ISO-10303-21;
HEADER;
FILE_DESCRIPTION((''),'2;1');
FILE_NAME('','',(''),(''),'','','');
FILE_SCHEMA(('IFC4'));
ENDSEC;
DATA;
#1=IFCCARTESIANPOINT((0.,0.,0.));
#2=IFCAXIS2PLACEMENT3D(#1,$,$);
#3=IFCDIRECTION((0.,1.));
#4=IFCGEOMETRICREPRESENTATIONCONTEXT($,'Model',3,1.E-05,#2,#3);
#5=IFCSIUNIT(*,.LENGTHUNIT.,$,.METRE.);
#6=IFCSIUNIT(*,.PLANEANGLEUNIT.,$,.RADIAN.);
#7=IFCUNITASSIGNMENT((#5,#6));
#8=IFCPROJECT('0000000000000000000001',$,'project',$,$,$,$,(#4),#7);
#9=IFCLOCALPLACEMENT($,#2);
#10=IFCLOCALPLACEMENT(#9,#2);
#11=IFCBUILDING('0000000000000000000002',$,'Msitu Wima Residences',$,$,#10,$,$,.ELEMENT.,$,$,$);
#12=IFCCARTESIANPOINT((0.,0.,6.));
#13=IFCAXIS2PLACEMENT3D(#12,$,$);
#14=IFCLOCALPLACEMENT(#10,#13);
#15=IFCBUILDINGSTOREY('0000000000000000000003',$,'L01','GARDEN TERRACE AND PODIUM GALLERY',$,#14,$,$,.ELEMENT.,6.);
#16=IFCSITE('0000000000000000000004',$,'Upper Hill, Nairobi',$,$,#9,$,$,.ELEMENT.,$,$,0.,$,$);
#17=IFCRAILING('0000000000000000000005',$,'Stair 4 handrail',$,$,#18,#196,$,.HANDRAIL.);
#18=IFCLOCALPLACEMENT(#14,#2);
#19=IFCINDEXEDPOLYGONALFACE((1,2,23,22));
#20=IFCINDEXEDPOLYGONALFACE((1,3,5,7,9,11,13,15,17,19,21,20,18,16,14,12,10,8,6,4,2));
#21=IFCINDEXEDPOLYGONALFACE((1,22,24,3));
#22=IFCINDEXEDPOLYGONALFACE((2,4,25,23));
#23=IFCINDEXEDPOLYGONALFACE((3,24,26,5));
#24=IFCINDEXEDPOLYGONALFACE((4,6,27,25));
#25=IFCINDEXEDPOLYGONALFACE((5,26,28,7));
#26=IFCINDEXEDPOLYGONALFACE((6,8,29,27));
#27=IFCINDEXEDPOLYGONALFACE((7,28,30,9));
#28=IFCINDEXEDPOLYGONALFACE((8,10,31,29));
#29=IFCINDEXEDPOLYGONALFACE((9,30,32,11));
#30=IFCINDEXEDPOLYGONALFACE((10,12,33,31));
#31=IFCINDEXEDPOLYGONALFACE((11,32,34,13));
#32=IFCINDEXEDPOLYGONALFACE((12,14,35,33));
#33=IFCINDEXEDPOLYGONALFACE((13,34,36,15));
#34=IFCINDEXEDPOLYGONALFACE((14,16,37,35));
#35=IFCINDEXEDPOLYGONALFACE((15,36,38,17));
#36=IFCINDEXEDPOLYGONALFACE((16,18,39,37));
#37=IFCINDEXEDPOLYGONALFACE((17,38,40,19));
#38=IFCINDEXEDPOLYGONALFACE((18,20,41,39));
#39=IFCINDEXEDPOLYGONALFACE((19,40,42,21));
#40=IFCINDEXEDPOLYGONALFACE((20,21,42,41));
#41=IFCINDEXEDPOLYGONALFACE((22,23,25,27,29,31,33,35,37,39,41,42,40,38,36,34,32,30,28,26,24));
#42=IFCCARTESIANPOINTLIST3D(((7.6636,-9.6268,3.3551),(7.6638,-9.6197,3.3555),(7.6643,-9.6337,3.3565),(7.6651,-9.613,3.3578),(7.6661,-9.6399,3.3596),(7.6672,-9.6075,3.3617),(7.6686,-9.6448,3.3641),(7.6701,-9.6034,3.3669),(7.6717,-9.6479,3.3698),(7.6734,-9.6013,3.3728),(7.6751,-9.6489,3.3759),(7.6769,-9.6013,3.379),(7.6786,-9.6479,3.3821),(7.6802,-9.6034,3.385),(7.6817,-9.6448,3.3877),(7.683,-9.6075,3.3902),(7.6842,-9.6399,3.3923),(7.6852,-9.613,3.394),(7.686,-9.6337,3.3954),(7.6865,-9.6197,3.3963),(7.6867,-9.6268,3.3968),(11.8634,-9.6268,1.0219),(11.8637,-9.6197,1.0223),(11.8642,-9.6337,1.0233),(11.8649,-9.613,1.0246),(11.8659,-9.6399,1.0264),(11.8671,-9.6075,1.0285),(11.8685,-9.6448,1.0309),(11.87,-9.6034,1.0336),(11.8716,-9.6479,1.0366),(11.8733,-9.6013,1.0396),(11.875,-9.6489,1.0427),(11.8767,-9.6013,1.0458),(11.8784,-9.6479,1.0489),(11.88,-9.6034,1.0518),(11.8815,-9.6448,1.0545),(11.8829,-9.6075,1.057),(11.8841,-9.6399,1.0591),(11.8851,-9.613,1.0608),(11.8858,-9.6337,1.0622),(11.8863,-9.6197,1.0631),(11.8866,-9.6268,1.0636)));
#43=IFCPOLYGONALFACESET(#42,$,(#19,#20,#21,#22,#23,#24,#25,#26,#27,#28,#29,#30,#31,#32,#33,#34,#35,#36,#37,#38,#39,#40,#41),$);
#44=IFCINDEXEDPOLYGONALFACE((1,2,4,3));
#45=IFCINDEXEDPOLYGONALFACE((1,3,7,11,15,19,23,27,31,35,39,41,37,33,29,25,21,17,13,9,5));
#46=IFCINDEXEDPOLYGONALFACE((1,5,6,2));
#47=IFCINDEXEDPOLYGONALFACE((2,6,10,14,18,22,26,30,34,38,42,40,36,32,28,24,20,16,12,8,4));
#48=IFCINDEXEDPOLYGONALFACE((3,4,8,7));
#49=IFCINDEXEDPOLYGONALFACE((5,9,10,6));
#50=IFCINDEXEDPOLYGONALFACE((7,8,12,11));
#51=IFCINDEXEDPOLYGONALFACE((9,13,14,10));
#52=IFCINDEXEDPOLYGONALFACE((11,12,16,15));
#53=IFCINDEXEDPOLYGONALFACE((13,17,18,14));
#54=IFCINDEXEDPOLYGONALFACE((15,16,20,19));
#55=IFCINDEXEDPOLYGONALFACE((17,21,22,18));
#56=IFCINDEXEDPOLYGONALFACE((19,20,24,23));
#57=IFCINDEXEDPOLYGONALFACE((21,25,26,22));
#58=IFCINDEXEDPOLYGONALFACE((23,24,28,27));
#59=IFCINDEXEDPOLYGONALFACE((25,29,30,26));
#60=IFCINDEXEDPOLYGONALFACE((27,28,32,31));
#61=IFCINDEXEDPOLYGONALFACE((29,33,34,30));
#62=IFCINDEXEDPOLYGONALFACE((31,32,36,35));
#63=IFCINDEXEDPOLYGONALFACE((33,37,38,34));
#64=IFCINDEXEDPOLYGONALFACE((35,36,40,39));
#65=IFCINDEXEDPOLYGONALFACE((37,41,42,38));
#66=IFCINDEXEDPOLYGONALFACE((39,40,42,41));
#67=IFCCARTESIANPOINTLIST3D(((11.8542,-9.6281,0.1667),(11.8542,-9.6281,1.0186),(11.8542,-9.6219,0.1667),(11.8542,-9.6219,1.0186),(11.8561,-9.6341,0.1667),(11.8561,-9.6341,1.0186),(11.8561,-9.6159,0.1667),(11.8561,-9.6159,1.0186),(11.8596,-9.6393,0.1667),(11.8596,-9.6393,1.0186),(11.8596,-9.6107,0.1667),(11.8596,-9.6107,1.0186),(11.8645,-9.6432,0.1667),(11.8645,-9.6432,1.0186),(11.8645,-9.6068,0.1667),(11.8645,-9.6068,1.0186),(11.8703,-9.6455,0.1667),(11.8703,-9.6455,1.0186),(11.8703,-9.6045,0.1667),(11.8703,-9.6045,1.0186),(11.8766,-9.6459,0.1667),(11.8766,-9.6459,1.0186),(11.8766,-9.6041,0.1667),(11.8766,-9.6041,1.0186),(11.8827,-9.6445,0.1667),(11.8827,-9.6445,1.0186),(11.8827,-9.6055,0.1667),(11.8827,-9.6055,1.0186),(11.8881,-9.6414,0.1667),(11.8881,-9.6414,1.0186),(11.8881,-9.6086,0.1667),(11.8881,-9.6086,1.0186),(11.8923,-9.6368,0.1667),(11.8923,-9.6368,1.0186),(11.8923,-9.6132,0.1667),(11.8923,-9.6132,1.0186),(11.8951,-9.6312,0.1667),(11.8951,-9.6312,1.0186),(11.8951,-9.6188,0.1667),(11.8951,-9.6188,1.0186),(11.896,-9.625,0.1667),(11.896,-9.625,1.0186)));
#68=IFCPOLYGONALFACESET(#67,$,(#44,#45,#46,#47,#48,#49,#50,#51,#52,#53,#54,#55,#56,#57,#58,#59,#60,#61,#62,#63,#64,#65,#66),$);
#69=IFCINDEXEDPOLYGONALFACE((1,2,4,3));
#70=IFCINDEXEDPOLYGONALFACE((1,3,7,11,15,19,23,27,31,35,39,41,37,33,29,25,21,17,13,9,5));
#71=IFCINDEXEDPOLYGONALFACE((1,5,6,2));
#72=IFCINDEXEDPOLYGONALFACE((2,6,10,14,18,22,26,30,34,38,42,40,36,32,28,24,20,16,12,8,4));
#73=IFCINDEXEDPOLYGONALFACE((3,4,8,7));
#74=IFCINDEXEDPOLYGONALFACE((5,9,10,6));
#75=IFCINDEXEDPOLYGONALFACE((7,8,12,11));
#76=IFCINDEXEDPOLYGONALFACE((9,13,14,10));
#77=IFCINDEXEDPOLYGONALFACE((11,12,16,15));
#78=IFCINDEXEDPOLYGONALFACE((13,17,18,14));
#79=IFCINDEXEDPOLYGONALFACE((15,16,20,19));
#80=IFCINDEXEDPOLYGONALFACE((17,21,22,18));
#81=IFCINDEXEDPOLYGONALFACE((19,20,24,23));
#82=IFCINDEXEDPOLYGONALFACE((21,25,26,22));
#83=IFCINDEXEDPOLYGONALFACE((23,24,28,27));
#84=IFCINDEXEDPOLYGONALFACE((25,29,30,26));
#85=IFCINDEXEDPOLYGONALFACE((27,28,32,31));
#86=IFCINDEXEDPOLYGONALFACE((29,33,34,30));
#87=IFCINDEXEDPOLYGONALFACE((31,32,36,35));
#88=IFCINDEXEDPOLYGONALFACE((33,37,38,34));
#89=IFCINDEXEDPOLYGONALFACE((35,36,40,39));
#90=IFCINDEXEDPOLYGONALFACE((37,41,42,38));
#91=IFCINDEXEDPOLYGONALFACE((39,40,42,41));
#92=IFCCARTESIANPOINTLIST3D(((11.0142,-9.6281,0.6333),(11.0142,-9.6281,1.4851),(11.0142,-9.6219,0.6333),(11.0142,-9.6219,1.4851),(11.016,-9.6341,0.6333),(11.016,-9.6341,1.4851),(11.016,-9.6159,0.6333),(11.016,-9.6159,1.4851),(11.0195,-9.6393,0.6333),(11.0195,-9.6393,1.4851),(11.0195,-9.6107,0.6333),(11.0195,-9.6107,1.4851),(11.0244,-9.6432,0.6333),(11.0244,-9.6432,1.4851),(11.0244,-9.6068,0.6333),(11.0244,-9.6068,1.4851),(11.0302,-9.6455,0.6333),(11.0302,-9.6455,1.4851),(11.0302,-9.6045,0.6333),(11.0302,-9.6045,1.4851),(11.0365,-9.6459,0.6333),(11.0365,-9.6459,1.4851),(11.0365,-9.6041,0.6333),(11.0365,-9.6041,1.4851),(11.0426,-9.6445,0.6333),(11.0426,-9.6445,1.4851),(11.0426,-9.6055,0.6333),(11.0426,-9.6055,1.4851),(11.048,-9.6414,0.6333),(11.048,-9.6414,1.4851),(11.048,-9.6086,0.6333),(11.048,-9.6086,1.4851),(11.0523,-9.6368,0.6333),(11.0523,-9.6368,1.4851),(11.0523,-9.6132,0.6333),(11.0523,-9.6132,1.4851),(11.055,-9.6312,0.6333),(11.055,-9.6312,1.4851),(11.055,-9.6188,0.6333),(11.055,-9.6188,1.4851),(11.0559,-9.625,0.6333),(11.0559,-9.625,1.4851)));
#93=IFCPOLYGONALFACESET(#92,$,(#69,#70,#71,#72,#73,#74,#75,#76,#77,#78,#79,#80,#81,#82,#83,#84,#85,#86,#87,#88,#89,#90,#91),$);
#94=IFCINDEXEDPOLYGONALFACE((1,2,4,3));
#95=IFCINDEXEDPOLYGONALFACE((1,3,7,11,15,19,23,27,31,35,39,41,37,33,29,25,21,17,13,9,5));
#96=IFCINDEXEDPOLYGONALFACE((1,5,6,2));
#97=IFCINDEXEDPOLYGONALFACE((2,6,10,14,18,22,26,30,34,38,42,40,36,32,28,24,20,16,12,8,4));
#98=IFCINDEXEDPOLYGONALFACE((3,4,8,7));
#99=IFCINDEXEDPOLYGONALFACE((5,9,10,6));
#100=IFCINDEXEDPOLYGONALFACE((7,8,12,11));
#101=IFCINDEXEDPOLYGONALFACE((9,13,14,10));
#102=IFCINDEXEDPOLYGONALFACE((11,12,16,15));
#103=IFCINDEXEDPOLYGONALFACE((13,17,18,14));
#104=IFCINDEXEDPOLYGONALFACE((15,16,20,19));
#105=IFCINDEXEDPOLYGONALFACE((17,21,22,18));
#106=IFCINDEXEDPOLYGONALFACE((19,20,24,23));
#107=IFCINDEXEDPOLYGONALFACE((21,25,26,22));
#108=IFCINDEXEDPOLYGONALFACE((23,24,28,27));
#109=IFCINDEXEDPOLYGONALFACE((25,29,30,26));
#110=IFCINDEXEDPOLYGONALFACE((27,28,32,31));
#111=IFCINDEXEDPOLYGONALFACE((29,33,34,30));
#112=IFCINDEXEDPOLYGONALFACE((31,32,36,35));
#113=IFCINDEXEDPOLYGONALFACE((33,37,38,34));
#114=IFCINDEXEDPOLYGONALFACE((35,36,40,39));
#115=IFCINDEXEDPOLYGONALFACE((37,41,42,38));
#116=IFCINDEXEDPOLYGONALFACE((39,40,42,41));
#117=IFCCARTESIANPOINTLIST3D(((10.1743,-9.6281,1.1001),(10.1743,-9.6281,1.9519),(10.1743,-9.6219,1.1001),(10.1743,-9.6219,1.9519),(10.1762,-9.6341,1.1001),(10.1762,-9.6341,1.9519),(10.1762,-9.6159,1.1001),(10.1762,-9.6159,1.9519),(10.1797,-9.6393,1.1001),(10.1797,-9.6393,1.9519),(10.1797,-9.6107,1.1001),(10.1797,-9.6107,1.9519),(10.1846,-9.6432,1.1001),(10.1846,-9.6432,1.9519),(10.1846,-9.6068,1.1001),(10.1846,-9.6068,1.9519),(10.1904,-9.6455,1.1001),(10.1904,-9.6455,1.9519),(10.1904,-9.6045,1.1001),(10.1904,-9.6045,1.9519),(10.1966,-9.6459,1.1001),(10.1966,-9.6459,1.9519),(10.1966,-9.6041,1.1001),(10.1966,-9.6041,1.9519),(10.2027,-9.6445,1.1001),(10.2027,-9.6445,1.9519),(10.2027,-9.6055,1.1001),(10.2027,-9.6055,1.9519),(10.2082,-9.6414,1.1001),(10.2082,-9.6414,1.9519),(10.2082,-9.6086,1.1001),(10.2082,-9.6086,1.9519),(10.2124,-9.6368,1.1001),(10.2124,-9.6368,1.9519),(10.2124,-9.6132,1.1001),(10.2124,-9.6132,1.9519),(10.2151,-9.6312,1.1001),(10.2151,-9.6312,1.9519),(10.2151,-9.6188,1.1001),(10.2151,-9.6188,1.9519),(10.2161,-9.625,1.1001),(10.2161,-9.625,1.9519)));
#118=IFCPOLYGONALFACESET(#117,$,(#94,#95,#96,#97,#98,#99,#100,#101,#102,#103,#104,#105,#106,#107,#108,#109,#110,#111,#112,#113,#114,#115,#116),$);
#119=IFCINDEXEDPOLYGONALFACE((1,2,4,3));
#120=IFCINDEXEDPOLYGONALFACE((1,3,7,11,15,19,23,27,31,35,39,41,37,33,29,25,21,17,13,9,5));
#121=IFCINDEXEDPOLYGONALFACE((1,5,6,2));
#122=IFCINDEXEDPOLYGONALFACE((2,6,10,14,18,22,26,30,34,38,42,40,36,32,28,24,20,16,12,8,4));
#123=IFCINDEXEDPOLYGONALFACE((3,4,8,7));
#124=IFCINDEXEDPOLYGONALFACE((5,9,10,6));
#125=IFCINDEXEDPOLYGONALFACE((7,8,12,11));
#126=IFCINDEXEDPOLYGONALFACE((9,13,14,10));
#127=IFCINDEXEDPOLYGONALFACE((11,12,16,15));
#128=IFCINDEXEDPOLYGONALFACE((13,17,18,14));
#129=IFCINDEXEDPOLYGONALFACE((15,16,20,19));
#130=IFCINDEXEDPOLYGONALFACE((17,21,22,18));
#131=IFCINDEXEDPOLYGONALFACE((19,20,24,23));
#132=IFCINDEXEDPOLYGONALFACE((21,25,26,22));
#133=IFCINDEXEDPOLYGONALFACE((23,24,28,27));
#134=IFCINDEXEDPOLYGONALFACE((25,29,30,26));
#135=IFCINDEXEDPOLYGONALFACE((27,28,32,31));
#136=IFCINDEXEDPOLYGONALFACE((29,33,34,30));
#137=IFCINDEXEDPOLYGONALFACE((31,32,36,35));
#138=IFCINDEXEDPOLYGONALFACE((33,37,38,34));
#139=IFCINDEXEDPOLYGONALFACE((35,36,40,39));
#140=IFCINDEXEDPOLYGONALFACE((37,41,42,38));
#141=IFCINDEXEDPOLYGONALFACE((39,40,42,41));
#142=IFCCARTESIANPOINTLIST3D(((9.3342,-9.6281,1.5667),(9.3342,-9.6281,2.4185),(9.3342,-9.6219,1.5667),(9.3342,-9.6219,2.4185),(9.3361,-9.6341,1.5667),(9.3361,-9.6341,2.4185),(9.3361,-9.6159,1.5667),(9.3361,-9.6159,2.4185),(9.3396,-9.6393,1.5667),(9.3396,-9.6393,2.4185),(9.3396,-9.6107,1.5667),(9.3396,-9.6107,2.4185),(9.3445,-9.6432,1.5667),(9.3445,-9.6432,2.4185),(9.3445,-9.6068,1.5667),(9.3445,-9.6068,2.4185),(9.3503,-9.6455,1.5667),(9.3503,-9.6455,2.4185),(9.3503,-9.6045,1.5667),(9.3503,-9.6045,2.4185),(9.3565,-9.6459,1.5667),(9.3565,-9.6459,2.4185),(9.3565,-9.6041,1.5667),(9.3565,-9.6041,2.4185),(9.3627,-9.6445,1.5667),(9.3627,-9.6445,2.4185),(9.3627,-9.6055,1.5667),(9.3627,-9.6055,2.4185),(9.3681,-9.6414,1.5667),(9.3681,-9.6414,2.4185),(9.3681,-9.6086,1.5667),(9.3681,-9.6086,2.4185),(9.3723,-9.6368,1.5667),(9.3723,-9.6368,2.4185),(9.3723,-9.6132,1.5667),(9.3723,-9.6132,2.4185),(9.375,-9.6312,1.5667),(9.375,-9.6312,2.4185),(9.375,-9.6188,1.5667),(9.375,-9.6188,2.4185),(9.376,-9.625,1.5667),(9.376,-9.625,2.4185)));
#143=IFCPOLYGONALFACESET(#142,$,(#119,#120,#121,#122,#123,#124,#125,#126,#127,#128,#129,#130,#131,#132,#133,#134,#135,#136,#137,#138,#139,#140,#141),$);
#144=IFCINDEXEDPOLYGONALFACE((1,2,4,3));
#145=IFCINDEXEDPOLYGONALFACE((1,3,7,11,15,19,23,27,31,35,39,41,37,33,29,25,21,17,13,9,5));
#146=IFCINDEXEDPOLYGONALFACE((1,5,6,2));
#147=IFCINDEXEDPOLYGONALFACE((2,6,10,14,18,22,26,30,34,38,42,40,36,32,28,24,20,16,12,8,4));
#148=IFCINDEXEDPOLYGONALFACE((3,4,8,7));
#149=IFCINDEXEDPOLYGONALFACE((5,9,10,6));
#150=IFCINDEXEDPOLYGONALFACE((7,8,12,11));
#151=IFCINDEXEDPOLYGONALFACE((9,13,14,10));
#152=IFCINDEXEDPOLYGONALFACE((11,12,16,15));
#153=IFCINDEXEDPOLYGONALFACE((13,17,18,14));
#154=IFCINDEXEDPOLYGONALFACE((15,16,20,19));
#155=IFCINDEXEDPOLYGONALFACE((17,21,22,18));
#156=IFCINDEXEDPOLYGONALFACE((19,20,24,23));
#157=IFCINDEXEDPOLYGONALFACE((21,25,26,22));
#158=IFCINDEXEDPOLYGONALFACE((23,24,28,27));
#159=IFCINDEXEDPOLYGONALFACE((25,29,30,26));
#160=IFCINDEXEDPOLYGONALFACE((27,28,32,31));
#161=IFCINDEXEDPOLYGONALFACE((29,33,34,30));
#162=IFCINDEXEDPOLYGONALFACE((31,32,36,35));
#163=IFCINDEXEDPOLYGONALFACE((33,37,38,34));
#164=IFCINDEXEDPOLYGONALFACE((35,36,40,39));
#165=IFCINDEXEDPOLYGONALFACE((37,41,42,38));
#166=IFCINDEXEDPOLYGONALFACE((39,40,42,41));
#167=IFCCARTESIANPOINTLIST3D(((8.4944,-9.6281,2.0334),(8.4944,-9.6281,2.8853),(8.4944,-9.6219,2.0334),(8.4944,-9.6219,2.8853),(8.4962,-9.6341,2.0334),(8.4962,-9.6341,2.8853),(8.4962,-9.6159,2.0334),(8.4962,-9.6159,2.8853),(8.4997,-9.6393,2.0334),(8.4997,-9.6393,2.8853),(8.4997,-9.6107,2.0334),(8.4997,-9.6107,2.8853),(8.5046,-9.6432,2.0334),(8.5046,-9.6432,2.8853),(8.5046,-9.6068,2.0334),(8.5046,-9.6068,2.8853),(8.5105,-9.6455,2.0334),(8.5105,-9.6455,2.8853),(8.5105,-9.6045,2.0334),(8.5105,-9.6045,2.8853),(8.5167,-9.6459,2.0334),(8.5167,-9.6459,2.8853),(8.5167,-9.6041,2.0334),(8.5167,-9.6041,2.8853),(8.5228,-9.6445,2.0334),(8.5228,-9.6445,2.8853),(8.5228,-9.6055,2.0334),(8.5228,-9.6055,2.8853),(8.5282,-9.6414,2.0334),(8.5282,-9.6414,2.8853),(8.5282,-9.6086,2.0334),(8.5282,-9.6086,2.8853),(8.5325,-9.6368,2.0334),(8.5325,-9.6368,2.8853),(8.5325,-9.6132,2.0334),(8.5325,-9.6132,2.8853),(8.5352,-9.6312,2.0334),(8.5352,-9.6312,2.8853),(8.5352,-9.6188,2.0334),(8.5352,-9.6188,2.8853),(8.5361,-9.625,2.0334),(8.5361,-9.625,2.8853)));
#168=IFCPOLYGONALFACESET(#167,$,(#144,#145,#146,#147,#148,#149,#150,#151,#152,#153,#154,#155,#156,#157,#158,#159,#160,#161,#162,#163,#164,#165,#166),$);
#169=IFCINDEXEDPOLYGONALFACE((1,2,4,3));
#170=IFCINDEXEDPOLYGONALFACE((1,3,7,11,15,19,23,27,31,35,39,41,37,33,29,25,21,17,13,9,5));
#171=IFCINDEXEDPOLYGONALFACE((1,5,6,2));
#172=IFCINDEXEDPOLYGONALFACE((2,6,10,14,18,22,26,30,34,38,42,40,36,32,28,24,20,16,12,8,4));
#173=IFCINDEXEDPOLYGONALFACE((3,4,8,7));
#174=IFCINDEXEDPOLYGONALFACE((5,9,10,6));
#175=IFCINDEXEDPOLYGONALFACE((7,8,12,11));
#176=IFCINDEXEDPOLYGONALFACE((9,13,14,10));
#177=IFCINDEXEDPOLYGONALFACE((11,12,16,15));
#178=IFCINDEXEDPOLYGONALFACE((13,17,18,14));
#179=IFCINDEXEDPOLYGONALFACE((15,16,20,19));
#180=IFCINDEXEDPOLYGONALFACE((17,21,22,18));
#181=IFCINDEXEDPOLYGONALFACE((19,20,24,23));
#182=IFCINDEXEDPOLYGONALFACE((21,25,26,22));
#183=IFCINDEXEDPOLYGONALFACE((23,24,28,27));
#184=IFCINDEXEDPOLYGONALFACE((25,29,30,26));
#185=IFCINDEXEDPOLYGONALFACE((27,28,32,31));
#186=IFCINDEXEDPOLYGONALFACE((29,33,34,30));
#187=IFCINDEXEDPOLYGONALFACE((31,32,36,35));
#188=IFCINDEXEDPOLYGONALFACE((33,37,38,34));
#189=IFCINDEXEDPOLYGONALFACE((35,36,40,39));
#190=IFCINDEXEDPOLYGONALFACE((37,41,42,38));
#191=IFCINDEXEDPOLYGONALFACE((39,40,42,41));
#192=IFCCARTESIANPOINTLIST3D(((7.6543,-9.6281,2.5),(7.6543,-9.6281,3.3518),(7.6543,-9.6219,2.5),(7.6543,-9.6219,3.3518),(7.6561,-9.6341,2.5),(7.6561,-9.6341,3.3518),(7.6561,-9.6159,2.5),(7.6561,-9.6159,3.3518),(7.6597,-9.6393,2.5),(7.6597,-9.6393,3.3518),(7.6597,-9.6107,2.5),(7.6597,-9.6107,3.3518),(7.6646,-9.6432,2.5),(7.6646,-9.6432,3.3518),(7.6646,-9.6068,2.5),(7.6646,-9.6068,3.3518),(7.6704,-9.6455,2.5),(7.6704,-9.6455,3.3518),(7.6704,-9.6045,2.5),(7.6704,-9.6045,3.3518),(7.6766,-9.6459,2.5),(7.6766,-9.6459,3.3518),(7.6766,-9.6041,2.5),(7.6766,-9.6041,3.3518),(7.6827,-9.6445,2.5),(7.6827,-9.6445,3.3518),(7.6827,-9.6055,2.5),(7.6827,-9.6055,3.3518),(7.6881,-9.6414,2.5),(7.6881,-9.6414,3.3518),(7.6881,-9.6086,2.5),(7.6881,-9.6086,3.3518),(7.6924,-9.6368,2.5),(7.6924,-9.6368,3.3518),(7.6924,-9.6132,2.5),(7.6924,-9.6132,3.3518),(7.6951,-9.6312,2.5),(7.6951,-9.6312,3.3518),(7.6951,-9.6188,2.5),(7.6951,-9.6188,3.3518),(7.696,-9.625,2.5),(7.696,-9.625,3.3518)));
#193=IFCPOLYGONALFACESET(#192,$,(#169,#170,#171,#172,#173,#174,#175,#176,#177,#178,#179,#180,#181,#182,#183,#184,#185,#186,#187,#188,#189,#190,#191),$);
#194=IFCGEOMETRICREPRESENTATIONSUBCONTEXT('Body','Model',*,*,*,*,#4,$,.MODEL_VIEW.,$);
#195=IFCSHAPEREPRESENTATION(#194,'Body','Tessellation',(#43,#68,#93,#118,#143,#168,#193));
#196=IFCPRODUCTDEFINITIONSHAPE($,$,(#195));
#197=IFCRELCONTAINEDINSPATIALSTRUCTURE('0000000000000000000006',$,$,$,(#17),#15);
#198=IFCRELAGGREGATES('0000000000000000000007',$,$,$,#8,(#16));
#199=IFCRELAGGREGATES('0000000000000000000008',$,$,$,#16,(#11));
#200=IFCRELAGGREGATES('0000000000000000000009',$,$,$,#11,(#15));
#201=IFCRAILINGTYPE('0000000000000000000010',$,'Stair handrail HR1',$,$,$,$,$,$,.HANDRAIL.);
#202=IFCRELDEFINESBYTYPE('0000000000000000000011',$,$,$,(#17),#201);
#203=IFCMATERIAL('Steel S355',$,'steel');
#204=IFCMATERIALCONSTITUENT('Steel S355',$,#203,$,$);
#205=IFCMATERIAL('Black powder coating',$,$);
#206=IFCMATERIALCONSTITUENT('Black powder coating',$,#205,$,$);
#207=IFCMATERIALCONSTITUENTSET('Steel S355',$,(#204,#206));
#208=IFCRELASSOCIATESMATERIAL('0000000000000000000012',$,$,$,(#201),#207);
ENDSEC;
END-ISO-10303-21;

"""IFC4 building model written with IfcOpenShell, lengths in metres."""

from ifc_helpers import new_model, si_unit, direction, frame, origin, origin_2d, place, context, subcontext, project, spatial, circle, extrude, material, constituent, constituent_set, type_object, element, save


model = new_model("IFC4")

# Units and contexts
model_context = context("Model", 3, precision=1e-05, world=origin(), true_north=direction((0.0, 1.0)))
body_context = subcontext(model_context, "Body", "Model", "MODEL_VIEW")
ifc_project = project(units=[si_unit("LENGTHUNIT", "METRE"), si_unit("PLANEANGLEUNIT", "RADIAN")], contexts=[model_context])

# Site, building, storey
site_placement = place(None, origin())
site = spatial("IfcSite", under=ifc_project, at=site_placement, Name="Upper Hill, Nairobi", CompositionType="ELEMENT", RefElevation=0.0)
building_placement = place(site_placement, origin())
building = spatial("IfcBuilding", under=site, at=building_placement, Name="Msitu Wima Residences", CompositionType="ELEMENT")
storey_placement = place(building_placement, frame((0.0, 0.0, 6.0)))
storey = spatial("IfcBuildingStorey", under=building, at=storey_placement, Name="L01", Description="GARDEN TERRACE AND PODIUM GALLERY", CompositionType="ELEMENT", Elevation=6.0)

# Railing
ifc_material_1 = material(Name="Steel S355", Category="steel")
ifc_constituent_1 = constituent(ifc_material_1, Name="Steel S355")
ifc_material_2 = material(Name="Black powder coating")
ifc_constituent_2 = constituent(ifc_material_2, Name="Black powder coating")
ifc_constituent_set = constituent_set(constituents=[ifc_constituent_1, ifc_constituent_2], Name="Steel S355")
railing_type = type_object("IfcRailingType", Name="Stair handrail HR1", PredefinedType="HANDRAIL", material=ifc_constituent_set)
for number, where, name in (
    (1, (11.875, -9.625, 0.1667), "Stair 4 handrail"),
):
    element("IfcRailing", number, at=place(storey_placement, frame(where)), inside=storey, type_object=railing_type, Name=name, PredefinedType="HANDRAIL", context=body_context, shape_type="SweptSolid", body=[
        extrude(circle(Radius=0.0239, at=origin_2d()), frame((0.0, 0.0, 0.876), z_axis=(-0.874162, 0.0, 0.485634), x_axis=(0.0, -1.0, 0.0)), (0.0, 0.0, 1.0), 4.8044),
        extrude(circle(Radius=0.021, at=origin_2d()), origin(), (0.0, 0.0, 1.0), 0.8518),
        extrude(circle(Radius=0.021, at=origin_2d()), frame((-0.8401, 0.0, 0.4666)), (0.0, 0.0, 1.0), 0.8518),
        extrude(circle(Radius=0.021, at=origin_2d()), frame((-1.6799, 0.0, 0.9333)), (0.0, 0.0, 1.0), 0.8518),
        extrude(circle(Radius=0.021, at=origin_2d()), frame((-2.52, 0.0, 1.3999)), (0.0, 0.0, 1.0), 0.8518),
        extrude(circle(Radius=0.021, at=origin_2d()), frame((-3.3599, 0.0, 1.8667)), (0.0, 0.0, 1.0), 0.8518),
        extrude(circle(Radius=0.021, at=origin_2d()), frame((-4.2, 0.0, 2.3333)), (0.0, 0.0, 1.0), 0.8518),
    ])

save(model, "model.ifc")
